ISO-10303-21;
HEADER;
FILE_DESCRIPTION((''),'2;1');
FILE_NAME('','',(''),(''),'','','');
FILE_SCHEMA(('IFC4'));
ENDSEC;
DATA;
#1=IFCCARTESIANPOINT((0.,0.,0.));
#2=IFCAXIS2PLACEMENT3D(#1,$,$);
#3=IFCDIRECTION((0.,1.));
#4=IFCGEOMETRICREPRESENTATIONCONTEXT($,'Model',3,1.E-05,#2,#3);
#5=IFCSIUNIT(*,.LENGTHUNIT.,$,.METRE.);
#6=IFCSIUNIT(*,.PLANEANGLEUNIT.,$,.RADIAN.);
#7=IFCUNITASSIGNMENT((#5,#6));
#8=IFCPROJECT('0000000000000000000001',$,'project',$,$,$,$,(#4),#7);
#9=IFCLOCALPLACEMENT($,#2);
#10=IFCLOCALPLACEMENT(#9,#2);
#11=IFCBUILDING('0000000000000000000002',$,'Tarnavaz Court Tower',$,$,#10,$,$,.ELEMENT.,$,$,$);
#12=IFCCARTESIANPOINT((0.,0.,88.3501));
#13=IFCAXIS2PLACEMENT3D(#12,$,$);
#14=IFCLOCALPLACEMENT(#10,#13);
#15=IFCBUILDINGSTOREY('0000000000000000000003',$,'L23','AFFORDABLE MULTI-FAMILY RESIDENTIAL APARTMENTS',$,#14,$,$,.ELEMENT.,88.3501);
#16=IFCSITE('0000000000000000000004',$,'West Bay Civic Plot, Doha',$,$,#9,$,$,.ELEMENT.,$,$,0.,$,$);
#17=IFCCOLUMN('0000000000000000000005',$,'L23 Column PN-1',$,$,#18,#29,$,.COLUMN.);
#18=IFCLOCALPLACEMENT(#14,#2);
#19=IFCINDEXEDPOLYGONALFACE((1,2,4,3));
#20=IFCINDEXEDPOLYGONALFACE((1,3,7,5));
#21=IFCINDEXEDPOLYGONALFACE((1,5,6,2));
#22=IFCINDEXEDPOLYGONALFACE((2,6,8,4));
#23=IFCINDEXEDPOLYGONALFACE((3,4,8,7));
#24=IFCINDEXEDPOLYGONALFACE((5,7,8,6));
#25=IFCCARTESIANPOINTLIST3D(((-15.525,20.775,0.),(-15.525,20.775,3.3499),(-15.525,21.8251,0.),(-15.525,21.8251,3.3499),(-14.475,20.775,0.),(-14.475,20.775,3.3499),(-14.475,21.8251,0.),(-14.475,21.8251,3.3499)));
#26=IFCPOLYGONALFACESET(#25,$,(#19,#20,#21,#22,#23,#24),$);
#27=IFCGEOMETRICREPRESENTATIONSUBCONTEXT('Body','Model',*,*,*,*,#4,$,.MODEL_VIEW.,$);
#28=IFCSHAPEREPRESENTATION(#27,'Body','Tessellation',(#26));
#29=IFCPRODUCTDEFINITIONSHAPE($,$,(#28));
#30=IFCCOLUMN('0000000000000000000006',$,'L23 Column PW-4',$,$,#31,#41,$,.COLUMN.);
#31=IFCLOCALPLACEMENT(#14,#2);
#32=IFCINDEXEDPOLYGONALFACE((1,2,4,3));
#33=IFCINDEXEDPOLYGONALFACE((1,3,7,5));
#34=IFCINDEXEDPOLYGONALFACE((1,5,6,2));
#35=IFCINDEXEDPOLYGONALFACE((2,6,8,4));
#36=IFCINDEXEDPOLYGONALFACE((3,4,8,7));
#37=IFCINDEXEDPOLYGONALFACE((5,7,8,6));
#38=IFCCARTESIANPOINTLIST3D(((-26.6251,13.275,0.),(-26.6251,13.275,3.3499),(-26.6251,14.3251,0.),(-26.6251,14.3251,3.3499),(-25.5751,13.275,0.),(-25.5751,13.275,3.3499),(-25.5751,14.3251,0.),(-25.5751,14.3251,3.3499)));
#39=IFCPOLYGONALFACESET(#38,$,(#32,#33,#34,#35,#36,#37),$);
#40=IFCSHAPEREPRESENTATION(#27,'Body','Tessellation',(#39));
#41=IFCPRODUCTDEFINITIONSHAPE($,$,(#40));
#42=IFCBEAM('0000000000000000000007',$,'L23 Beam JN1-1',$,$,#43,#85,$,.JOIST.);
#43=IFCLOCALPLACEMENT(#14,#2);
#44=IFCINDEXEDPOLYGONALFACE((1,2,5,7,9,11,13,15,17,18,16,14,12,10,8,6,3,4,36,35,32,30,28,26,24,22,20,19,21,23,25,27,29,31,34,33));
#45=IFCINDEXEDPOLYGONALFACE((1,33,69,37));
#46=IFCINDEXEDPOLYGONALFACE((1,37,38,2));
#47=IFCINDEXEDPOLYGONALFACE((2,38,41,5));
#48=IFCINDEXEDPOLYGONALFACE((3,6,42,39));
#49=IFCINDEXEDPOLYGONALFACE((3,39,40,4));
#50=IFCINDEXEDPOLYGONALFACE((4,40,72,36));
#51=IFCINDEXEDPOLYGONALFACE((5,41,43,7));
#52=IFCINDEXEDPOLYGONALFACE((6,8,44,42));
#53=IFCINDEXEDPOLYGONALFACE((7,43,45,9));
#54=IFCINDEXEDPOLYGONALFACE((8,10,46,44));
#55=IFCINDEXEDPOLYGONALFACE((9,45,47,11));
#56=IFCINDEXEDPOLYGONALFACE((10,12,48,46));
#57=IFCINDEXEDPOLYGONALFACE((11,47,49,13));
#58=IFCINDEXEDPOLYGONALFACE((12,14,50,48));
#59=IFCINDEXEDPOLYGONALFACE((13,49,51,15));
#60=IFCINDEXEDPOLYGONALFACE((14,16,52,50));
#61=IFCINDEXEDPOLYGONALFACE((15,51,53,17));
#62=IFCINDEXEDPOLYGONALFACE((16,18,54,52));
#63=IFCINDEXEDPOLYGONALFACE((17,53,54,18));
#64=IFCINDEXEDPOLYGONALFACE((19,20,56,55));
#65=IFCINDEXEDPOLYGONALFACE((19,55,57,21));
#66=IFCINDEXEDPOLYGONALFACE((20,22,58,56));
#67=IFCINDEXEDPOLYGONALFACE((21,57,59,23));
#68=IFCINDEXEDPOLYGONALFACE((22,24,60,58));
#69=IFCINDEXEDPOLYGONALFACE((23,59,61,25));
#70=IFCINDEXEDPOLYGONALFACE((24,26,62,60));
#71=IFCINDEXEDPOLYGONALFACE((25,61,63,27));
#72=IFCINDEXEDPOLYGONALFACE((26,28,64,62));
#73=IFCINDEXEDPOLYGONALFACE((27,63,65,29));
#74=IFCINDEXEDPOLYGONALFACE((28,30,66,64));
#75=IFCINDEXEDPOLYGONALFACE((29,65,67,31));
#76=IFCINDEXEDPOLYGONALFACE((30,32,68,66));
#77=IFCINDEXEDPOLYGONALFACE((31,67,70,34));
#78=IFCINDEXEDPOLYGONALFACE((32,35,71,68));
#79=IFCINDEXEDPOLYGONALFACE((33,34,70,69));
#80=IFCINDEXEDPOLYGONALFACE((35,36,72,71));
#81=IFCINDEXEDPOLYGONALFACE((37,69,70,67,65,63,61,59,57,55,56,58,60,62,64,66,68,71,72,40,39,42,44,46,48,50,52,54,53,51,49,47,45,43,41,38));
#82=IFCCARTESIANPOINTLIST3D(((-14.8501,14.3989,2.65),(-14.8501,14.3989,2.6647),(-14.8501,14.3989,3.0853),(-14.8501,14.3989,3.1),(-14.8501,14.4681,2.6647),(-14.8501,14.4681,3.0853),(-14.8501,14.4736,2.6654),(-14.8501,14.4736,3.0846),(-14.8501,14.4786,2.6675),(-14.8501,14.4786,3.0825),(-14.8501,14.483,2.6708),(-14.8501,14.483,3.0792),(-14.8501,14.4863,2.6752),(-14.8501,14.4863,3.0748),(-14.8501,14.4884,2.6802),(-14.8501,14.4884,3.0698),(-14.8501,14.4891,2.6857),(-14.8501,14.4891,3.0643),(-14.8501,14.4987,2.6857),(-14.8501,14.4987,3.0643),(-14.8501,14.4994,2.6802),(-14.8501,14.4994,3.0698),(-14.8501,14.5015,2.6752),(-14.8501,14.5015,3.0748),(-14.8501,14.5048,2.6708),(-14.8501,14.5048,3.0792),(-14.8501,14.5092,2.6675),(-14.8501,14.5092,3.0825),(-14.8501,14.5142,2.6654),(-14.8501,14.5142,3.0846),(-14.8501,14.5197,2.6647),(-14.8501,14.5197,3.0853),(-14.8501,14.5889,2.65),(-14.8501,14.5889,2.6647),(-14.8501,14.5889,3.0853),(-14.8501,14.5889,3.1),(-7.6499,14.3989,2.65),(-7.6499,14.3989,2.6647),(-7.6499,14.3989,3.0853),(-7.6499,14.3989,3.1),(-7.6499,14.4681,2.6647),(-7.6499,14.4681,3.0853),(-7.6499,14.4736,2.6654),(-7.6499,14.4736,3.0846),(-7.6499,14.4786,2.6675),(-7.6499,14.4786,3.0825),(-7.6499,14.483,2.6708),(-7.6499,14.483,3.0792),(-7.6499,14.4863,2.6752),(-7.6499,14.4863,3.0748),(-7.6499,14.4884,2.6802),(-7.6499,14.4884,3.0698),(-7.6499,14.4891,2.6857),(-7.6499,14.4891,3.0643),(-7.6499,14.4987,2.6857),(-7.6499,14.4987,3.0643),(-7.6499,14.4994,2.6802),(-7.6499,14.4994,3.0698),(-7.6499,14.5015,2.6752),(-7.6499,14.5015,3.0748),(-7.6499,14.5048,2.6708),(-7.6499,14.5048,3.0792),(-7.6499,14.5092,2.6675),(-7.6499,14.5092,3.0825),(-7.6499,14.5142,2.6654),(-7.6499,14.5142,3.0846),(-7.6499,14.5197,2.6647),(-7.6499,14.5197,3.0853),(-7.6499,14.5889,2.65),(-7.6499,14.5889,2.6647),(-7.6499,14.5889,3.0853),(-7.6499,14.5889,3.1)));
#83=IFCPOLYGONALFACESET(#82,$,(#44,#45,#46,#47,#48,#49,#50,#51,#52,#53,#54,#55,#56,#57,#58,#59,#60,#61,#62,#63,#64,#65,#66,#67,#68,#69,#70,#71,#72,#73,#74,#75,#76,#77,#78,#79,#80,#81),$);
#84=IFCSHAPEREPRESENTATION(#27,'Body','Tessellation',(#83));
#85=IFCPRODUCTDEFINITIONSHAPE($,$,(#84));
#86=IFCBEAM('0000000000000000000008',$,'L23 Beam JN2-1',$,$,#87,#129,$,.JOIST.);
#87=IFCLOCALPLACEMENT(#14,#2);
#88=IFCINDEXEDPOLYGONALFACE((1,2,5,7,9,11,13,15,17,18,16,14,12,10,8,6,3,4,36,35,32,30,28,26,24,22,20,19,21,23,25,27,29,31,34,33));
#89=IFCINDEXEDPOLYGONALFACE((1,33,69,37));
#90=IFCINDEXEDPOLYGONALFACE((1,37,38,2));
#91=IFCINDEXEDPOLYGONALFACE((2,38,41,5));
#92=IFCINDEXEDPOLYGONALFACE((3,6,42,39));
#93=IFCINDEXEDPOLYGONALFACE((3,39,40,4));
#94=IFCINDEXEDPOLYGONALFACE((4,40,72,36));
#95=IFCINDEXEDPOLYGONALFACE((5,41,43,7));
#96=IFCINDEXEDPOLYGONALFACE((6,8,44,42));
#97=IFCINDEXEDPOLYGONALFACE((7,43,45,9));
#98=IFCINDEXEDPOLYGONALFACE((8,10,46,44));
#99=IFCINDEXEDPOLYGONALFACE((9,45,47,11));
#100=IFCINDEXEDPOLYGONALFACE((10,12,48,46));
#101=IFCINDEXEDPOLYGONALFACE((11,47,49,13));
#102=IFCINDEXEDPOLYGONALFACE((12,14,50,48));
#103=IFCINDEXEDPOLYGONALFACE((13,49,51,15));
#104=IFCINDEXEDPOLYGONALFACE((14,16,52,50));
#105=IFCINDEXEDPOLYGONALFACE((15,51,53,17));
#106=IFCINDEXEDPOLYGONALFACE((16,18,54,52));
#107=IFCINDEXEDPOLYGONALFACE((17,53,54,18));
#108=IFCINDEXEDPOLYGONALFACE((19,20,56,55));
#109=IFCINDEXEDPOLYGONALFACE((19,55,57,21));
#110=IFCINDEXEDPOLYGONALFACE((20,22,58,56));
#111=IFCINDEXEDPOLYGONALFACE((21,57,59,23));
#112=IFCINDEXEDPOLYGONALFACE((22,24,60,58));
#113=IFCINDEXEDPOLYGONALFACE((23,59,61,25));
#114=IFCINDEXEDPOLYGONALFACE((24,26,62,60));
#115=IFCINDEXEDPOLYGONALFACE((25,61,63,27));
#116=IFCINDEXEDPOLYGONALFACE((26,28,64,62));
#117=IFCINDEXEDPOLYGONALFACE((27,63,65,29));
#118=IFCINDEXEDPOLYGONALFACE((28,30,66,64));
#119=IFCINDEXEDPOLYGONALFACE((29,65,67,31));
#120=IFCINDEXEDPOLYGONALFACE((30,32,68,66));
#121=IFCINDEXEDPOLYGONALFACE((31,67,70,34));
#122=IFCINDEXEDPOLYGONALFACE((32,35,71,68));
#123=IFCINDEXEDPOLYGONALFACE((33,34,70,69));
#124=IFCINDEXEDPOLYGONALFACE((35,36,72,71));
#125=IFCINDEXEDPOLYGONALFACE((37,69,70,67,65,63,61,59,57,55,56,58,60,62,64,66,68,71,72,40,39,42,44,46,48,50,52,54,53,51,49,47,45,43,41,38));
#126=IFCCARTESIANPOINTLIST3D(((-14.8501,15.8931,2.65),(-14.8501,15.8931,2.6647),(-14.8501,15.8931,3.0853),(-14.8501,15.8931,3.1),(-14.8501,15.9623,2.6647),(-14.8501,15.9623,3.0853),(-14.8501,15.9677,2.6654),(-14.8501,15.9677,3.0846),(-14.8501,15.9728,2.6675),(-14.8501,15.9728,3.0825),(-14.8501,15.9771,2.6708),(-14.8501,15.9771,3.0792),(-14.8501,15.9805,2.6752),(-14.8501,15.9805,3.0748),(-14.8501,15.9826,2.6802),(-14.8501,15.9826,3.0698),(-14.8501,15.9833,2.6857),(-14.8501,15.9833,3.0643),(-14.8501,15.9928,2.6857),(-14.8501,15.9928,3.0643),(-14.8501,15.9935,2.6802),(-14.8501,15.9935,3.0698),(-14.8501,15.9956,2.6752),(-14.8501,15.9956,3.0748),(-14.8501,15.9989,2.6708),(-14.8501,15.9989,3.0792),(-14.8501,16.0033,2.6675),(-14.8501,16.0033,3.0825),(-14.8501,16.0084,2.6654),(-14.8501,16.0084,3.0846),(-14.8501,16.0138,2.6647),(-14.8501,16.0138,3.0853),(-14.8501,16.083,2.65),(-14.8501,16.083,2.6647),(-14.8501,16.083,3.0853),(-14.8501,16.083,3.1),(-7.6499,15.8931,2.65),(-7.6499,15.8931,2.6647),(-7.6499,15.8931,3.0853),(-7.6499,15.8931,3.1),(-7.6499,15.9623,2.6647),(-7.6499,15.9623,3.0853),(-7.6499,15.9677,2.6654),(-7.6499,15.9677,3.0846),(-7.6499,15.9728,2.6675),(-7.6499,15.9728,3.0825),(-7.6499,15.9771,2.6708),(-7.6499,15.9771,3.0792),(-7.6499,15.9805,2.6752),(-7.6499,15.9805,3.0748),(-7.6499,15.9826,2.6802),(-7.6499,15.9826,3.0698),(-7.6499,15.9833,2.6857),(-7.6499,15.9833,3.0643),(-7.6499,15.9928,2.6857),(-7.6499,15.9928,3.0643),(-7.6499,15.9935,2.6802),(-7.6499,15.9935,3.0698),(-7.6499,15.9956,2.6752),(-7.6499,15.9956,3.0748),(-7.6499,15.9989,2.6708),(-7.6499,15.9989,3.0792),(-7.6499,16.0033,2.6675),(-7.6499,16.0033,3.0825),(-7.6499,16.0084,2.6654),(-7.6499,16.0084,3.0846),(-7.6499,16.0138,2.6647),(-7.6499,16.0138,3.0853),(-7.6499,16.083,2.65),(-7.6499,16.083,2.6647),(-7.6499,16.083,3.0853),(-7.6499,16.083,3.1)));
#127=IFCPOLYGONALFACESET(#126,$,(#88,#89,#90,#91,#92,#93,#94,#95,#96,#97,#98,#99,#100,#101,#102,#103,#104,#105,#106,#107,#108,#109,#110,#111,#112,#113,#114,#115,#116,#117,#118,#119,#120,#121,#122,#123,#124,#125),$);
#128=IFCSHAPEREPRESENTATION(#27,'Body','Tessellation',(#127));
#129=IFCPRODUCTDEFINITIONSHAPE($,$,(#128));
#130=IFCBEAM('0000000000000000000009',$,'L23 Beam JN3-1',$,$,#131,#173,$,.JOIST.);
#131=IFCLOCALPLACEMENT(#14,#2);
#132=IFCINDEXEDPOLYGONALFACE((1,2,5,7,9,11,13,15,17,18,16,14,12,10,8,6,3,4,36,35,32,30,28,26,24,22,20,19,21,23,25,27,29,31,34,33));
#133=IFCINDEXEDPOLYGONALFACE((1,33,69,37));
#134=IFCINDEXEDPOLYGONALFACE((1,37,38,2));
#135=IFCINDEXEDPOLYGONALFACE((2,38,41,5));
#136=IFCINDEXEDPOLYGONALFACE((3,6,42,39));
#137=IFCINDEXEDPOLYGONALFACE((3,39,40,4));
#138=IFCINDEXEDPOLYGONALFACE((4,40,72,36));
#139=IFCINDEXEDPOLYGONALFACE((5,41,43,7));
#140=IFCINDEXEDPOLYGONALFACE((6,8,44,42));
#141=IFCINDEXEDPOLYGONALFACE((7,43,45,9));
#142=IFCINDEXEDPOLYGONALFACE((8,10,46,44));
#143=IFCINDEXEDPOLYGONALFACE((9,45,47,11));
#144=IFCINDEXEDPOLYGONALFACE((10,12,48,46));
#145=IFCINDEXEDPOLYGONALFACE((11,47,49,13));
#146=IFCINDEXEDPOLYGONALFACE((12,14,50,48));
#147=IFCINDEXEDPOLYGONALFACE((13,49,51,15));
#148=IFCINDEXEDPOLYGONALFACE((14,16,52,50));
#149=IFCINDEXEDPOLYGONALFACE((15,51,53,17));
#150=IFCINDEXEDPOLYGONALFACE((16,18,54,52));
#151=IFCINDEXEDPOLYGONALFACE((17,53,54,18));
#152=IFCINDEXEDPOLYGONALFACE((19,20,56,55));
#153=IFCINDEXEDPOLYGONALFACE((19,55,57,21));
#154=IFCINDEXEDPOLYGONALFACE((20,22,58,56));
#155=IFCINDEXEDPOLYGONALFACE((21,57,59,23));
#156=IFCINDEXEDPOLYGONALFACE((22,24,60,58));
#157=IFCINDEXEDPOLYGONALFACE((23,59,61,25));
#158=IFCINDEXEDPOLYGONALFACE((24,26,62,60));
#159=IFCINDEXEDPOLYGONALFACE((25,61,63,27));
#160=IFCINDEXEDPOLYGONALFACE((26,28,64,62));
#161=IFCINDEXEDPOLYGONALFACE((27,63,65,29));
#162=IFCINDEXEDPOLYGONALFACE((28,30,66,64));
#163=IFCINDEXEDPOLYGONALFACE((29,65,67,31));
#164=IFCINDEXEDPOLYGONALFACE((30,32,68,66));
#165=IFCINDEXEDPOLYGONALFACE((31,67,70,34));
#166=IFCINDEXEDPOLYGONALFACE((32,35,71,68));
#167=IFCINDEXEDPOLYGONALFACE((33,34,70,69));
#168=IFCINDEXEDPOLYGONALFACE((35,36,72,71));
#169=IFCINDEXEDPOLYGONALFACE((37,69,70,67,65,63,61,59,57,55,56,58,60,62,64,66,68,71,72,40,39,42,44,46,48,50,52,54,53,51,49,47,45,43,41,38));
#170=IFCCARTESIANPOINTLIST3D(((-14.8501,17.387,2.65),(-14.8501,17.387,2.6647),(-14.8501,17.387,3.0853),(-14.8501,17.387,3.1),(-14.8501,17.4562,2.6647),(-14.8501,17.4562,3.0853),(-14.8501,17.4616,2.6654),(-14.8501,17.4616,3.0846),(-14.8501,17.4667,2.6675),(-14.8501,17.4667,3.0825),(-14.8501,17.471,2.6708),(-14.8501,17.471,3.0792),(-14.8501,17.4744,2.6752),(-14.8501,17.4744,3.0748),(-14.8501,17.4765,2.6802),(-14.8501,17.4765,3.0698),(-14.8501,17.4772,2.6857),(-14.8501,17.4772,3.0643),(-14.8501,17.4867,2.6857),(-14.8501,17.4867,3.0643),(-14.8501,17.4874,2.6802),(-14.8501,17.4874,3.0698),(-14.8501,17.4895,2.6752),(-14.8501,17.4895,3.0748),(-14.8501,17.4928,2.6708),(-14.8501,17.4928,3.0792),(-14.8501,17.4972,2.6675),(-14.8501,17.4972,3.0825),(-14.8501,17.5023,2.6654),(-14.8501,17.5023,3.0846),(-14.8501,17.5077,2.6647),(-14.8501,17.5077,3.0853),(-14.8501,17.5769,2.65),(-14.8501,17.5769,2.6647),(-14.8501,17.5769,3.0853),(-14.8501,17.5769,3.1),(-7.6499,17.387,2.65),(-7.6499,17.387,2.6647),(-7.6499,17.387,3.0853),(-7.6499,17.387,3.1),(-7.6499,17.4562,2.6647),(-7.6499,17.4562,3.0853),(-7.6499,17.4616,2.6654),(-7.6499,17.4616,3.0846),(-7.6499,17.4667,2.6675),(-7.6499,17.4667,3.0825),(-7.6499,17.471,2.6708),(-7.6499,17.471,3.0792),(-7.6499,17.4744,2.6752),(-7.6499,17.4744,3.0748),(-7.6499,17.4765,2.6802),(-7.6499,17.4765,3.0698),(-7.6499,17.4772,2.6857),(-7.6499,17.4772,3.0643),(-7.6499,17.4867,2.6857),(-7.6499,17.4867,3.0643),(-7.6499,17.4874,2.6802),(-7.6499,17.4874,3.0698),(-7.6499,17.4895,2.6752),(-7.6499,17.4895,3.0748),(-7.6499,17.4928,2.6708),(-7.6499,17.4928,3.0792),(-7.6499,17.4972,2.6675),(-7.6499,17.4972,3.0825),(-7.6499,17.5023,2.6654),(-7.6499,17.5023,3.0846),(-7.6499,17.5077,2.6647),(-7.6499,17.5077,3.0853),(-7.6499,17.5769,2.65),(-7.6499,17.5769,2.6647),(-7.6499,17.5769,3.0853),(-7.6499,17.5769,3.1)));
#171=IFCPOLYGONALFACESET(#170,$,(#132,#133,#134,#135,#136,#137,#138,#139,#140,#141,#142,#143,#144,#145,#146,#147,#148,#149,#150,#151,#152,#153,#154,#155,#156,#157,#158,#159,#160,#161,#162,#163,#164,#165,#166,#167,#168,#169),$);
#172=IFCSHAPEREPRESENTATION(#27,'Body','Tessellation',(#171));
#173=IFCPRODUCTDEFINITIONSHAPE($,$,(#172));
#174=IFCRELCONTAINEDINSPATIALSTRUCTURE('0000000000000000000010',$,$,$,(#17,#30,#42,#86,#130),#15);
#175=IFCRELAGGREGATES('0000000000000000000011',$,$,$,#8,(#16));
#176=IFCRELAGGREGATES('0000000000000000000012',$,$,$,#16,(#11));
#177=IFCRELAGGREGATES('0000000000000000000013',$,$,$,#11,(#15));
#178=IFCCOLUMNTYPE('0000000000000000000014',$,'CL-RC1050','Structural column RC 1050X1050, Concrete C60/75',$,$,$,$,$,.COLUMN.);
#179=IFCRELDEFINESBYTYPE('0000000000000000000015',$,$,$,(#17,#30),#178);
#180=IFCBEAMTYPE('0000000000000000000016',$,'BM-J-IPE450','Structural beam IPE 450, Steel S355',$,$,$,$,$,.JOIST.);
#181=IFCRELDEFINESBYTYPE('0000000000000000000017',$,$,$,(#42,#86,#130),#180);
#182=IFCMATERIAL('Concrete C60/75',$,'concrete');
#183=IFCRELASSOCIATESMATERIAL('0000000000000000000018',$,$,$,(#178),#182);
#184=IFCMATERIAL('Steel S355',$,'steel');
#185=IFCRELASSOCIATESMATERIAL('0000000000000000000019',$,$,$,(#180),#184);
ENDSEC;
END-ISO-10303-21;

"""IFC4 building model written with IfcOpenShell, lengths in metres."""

from ifc_helpers import new_model, si_unit, direction, frame, origin, origin_2d, place, context, subcontext, project, spatial, rectangle, i_section, extrude, material, material_profile, profile_set, type_object, element, save


model = new_model("IFC4")

# Units and contexts
model_context = context("Model", 3, precision=1e-05, world=origin(), true_north=direction((0.0, 1.0)))
body_context = subcontext(model_context, "Body", "Model", "MODEL_VIEW")
ifc_project = project(units=[si_unit("LENGTHUNIT", "METRE"), si_unit("PLANEANGLEUNIT", "RADIAN")], contexts=[model_context])

# Site, building, storey
site_placement = place(None, origin())
site = spatial("IfcSite", under=ifc_project, at=site_placement, Name="West Bay Civic Plot, Doha", CompositionType="ELEMENT", RefElevation=0.0)
building_placement = place(site_placement, origin())
building = spatial("IfcBuilding", under=site, at=building_placement, Name="Tarnavaz Court Tower", CompositionType="ELEMENT")
storey_placement = place(building_placement, frame((0.0, 0.0, 88.3501)))
storey = spatial("IfcBuildingStorey", under=building, at=storey_placement, Name="L23", Description="AFFORDABLE MULTI-FAMILY RESIDENTIAL APARTMENTS", CompositionType="ELEMENT", Elevation=88.3501)

# Columns
ifc_material_1 = material(Name="Concrete C60/75", Category="concrete")
ifc_material_profile_1 = material_profile(ifc_material_1, rectangle(XDim=1.05, YDim=1.05, at=origin_2d()), Name="RC 1050X1050")
ifc_profile_set_1 = profile_set([ifc_material_profile_1], Name="Concrete C60/75")
column_type = type_object("IfcColumnType", Name="CL-RC1050", Description="Structural column RC 1050X1050, Concrete C60/75", PredefinedType="COLUMN", material=ifc_profile_set_1)
for number, where, z_axis, x_axis, name in (
    (1, (-15.0, 21.3, 0.0), (0.0, 0.0, 1.0), (1.0, 0.0, 0.0), "L23 Column PN-1"),
    (2, (-26.1001, 13.8, 0.0), (0.0, 0.0, 1.0), (1.0, 0.0, 0.0), "L23 Column PW-4"),
):
    element("IfcColumn", number, at=place(storey_placement, frame(where, z_axis=z_axis, x_axis=x_axis)), inside=storey, type_object=column_type, Name=name, PredefinedType="COLUMN", context=body_context, shape_type="SweptSolid", body=[
        extrude(rectangle(XDim=1.05, YDim=1.05, at=origin_2d()), origin(), (0.0, 0.0, 1.0), 3.3499),
    ])

# Beams
ifc_material_2 = material(Name="Steel S355", Category="steel")
ifc_material_profile_2 = material_profile(ifc_material_2, i_section(OverallWidth=0.1899, OverallDepth=0.45, WebThickness=0.0095, FlangeThickness=0.0146, FilletRadius=0.021, at=origin_2d()), Name="IPE 450")
ifc_profile_set_2 = profile_set([ifc_material_profile_2], Name="Steel S355")
beam_type_1 = type_object("IfcBeamType", Name="BM-J-IPE450", Description="Structural beam IPE 450, Steel S355", PredefinedType="JOIST", material=ifc_profile_set_2)
for number, where, z_axis, x_axis, name in (
    (3, (-14.8501, 14.4939, 2.875), (1.0, 0.0, 0.0), (0.0, 1.0, 0.0), "L23 Beam JN1-1"),
    (4, (-14.8501, 15.988, 2.875), (1.0, 0.0, 0.0), (0.0, 1.0, 0.0), "L23 Beam JN2-1"),
    (5, (-14.8501, 17.4819, 2.875), (1.0, 0.0, 0.0), (0.0, 1.0, 0.0), "L23 Beam JN3-1"),
):
    element("IfcBeam", number, at=place(storey_placement, frame(where, z_axis=z_axis, x_axis=x_axis)), inside=storey, type_object=beam_type_1, Name=name, PredefinedType="JOIST", context=body_context, shape_type="SweptSolid", body=[
        extrude(i_section(OverallWidth=0.1899, OverallDepth=0.45, WebThickness=0.0095, FlangeThickness=0.0146, FilletRadius=0.021, at=origin_2d()), origin(), (0.0, 0.0, 1.0), 7.2002),
    ])

save(model, "model.ifc")
